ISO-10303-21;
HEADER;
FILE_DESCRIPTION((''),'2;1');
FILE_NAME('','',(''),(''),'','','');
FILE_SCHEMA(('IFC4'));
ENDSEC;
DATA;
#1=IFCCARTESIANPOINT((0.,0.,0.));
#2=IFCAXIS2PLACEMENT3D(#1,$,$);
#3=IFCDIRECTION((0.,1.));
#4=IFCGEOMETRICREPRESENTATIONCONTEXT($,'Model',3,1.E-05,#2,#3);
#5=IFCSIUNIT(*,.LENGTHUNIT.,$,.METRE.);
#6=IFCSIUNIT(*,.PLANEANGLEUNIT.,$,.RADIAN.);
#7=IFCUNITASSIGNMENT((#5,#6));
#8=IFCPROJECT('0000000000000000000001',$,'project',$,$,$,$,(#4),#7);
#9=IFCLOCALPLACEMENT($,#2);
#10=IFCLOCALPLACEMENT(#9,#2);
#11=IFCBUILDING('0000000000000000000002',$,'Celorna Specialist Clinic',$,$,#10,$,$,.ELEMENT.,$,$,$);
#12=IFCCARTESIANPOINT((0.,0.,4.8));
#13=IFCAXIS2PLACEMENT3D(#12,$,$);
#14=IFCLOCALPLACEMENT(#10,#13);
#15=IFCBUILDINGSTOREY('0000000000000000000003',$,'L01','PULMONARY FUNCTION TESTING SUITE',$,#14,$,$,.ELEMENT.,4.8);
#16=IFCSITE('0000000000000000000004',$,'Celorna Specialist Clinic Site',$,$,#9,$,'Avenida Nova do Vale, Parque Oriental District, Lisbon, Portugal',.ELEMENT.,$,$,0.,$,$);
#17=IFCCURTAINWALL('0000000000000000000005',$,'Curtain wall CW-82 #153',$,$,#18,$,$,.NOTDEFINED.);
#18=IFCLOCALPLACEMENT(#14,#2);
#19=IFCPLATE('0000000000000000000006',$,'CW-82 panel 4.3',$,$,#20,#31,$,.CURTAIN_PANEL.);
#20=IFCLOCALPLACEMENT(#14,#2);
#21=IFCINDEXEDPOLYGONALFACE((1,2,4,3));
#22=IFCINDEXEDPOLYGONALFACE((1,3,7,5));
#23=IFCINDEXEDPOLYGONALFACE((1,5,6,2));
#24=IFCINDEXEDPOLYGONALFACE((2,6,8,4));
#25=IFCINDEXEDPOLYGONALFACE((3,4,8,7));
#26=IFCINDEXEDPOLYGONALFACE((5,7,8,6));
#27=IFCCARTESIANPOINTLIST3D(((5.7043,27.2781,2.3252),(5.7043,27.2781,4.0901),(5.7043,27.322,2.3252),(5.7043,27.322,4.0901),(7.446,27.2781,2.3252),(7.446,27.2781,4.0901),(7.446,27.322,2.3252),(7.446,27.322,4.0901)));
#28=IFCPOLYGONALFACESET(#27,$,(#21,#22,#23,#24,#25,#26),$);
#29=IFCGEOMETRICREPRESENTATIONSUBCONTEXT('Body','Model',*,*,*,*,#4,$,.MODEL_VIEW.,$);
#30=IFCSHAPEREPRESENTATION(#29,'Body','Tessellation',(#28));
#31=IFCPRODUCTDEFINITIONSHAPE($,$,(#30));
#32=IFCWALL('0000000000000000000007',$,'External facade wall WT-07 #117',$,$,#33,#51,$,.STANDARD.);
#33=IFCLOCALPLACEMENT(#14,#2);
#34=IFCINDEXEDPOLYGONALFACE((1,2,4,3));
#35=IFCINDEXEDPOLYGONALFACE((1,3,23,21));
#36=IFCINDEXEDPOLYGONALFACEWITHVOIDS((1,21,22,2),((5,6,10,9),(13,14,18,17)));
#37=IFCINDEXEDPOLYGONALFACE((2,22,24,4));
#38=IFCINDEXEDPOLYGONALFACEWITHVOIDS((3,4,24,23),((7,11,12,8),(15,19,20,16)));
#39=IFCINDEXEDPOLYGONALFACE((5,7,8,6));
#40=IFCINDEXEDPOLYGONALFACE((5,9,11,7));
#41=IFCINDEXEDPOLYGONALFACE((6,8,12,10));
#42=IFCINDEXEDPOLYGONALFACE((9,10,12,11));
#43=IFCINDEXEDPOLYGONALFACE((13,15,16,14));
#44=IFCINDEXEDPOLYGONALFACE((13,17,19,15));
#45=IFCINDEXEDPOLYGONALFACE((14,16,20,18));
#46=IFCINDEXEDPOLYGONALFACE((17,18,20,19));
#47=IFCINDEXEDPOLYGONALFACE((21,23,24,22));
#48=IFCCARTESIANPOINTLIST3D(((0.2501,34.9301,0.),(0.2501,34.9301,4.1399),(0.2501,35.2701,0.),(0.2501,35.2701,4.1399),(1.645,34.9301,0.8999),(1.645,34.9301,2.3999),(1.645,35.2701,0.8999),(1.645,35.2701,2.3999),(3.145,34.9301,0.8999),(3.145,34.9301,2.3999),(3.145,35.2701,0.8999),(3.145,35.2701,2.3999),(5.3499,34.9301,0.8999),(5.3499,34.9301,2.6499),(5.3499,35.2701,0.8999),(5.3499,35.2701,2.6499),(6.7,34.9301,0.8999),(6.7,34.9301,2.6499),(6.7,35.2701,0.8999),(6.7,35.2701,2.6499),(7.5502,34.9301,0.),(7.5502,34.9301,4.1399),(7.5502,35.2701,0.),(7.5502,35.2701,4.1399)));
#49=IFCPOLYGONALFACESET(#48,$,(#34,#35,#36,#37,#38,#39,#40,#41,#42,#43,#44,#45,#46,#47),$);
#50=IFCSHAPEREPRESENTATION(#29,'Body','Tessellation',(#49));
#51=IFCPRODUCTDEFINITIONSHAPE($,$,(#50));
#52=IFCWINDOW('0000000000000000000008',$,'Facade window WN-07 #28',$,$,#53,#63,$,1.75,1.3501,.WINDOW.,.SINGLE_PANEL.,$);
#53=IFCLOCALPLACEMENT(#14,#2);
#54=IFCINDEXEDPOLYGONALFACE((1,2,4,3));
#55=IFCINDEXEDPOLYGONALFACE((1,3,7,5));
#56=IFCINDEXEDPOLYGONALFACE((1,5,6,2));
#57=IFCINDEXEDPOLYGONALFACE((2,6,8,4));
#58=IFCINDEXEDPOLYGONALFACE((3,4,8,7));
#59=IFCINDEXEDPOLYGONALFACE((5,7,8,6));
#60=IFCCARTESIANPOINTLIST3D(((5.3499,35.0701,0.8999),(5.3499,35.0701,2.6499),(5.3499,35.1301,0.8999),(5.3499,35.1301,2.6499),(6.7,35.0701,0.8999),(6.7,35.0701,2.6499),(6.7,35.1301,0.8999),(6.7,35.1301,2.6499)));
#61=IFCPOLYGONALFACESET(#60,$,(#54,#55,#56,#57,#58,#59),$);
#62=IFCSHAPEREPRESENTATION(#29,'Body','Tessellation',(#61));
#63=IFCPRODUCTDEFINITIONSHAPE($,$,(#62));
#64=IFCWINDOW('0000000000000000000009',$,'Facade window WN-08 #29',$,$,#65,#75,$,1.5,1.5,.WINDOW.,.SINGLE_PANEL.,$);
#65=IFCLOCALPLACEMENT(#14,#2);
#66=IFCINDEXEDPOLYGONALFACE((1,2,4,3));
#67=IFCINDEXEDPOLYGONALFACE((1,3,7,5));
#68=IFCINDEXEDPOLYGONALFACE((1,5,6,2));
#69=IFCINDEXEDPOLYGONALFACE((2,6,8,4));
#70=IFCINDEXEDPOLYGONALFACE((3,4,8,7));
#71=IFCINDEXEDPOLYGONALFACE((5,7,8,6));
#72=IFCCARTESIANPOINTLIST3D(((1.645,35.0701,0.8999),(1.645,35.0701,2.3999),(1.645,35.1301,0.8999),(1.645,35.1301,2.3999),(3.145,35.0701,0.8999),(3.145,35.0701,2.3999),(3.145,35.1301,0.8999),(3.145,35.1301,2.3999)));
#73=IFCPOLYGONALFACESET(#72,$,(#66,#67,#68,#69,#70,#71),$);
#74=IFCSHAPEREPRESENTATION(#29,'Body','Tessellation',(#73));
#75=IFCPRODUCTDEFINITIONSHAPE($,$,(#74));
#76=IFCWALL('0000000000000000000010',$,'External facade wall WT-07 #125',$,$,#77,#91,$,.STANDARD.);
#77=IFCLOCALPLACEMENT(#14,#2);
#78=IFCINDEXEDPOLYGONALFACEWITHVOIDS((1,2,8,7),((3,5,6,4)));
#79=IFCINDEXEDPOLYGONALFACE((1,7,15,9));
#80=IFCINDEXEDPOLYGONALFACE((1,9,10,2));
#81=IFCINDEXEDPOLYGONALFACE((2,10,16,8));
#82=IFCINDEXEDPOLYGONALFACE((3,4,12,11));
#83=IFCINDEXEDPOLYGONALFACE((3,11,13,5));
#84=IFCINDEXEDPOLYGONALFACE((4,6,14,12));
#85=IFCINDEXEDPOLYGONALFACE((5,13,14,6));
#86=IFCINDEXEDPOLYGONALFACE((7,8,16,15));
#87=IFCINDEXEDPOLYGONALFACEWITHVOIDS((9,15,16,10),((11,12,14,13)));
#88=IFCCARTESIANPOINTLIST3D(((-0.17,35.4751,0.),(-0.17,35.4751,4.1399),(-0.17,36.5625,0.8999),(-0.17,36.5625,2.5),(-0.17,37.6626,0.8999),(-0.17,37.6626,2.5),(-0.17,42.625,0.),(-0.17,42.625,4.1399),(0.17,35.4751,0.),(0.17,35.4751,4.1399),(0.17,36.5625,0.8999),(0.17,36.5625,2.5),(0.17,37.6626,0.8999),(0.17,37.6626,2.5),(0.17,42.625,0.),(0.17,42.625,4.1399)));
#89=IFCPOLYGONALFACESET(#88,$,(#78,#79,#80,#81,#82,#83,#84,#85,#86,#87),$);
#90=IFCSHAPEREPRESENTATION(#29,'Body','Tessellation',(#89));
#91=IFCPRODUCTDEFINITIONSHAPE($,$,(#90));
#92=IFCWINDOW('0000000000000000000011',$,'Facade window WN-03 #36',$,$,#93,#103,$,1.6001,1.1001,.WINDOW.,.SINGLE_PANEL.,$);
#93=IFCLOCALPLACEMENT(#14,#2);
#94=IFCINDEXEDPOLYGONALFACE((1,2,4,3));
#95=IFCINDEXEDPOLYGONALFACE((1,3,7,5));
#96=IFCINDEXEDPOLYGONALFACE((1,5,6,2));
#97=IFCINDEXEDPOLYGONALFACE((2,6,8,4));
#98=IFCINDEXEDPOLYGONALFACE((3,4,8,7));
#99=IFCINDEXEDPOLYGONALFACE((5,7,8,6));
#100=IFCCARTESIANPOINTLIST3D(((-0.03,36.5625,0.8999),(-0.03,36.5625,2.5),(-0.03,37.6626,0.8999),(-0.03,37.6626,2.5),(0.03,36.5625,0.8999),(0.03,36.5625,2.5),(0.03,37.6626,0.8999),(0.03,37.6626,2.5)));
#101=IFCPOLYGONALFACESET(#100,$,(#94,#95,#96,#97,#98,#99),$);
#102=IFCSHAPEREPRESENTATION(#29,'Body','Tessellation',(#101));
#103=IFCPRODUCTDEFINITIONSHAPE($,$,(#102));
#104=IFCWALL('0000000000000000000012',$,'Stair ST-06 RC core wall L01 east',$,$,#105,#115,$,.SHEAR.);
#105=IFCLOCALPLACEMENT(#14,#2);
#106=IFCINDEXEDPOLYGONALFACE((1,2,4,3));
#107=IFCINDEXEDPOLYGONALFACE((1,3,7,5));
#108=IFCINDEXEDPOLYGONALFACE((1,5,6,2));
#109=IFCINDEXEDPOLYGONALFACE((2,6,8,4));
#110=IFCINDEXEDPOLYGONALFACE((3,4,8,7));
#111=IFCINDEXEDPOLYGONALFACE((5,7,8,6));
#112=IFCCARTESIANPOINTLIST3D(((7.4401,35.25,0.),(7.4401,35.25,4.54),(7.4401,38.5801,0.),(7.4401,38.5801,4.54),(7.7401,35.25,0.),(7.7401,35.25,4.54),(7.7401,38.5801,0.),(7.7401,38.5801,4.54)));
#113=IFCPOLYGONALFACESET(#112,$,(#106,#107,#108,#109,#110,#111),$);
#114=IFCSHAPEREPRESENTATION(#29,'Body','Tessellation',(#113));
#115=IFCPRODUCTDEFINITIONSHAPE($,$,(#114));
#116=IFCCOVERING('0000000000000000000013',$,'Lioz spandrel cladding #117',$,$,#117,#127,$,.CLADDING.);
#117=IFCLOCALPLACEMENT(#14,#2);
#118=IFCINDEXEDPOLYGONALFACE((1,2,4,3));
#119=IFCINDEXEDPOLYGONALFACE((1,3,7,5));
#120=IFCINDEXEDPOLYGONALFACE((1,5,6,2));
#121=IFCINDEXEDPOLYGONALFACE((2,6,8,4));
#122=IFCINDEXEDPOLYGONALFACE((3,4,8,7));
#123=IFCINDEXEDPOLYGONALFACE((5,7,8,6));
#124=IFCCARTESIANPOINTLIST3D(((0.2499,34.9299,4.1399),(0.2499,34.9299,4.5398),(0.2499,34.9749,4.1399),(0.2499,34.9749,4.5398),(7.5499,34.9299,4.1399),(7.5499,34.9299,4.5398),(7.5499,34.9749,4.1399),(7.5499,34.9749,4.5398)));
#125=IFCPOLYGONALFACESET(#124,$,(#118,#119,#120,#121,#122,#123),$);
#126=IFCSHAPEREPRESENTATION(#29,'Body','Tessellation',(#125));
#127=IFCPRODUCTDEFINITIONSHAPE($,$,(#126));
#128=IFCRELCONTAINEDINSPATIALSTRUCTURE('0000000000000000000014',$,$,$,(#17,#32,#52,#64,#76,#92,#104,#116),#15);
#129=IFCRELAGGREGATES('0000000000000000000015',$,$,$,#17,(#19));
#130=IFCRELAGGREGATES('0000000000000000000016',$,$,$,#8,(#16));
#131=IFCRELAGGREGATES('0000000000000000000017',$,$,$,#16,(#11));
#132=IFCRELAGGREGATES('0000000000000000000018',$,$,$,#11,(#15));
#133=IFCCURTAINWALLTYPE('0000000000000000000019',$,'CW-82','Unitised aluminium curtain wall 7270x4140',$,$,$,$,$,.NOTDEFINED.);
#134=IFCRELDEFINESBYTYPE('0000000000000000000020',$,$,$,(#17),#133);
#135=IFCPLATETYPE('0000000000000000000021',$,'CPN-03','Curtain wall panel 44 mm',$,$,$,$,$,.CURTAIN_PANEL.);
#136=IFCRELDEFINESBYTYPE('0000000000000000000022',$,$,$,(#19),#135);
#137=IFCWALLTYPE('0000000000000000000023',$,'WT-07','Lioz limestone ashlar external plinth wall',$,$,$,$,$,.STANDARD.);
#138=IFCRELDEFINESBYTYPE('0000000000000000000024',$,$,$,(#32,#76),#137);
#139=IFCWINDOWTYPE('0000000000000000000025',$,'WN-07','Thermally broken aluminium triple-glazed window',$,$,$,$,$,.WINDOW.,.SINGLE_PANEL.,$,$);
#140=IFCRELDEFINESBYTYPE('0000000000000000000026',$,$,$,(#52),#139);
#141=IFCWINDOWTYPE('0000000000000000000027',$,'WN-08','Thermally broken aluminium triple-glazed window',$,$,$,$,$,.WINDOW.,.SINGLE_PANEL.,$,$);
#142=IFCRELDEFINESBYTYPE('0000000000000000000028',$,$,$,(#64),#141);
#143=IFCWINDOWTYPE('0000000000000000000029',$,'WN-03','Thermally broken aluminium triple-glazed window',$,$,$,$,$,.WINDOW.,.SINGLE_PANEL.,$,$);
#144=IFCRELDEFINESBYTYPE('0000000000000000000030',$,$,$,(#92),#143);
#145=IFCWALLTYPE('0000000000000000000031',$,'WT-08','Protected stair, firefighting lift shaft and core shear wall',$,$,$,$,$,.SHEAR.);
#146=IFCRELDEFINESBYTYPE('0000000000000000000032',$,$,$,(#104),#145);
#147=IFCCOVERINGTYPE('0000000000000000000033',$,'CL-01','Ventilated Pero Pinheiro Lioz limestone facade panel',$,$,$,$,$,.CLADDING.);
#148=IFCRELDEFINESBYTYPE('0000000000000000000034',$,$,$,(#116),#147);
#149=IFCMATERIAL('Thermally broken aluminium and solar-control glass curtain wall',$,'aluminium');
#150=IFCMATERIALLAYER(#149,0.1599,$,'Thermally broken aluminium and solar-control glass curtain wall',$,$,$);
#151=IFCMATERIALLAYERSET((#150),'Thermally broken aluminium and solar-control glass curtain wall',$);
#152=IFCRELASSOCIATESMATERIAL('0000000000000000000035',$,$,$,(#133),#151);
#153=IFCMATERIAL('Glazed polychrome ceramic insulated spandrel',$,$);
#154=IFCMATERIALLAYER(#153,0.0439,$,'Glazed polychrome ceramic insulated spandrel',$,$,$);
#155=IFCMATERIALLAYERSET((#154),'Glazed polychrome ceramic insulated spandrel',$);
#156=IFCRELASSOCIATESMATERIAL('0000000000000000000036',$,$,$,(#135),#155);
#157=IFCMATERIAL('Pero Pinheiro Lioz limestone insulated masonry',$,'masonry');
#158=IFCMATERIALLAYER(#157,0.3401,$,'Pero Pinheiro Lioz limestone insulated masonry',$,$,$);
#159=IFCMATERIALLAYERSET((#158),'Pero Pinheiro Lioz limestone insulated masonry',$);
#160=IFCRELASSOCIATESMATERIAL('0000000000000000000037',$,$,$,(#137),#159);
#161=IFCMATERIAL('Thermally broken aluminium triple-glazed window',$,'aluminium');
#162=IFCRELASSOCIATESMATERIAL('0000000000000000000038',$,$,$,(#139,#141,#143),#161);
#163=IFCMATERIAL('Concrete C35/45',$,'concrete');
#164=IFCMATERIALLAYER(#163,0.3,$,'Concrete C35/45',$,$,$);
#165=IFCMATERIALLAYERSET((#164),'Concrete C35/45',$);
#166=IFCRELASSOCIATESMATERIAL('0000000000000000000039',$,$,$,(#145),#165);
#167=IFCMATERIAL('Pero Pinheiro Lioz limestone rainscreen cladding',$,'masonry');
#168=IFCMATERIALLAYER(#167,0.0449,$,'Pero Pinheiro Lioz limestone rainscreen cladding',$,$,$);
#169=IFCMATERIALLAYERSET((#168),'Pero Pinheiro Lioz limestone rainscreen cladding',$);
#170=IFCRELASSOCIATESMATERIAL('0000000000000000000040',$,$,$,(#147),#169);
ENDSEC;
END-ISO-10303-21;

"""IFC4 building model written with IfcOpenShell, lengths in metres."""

from ifc_helpers import new_model, si_unit, direction, frame, frame_2d, origin, origin_2d, place, context, subcontext, project, spatial, rectangle, extrude, material, layer, layer_set, type_object, element, fill, aggregate, save


model = new_model("IFC4")

# Units and contexts
model_context = context("Model", 3, precision=1e-05, world=origin(), true_north=direction((0.0, 1.0)))
body_context = subcontext(model_context, "Body", "Model", "MODEL_VIEW")
ifc_project = project(units=[si_unit("LENGTHUNIT", "METRE"), si_unit("PLANEANGLEUNIT", "RADIAN")], contexts=[model_context])

# Site, building, storey
site_placement = place(None, origin())
site = spatial("IfcSite", under=ifc_project, at=site_placement, Name="Celorna Specialist Clinic Site", LongName="Avenida Nova do Vale, Parque Oriental District, Lisbon, Portugal", CompositionType="ELEMENT", RefElevation=0.0)
building_placement = place(site_placement, origin())
building = spatial("IfcBuilding", under=site, at=building_placement, Name="Celorna Specialist Clinic", CompositionType="ELEMENT")
storey_placement = place(building_placement, frame((0.0, 0.0, 4.8)))
storey = spatial("IfcBuildingStorey", under=building, at=storey_placement, Name="L01", Description="PULMONARY FUNCTION TESTING SUITE", CompositionType="ELEMENT", Elevation=4.8)

# Shared definitions
ifc_material_1 = material(Name="Concrete C35/45", Category="concrete")

# Curtain wall, plate
ifc_material_2 = material(Name="Thermally broken aluminium and solar-control glass curtain wall", Category="aluminium")
ifc_layer_1 = layer(ifc_material_2, 0.1599, Name="Thermally broken aluminium and solar-control glass curtain wall")
ifc_layer_set_1 = layer_set([ifc_layer_1], Name="Thermally broken aluminium and solar-control glass curtain wall")
curtain_wall_type = type_object("IfcCurtainWallType", Name="CW-82", Description="Unitised aluminium curtain wall 7270x4140", PredefinedType="NOTDEFINED", material=ifc_layer_set_1)
curtain_wall_placement = place(storey_placement, origin())
curtain_wall = element("IfcCurtainWall", 1, at=curtain_wall_placement, inside=storey, type_object=curtain_wall_type, Name="Curtain wall CW-82 #153", PredefinedType="NOTDEFINED")
ifc_material_3 = material(Name="Glazed polychrome ceramic insulated spandrel")
ifc_layer_2 = layer(ifc_material_3, 0.0439, Name="Glazed polychrome ceramic insulated spandrel")
ifc_layer_set_2 = layer_set([ifc_layer_2], Name="Glazed polychrome ceramic insulated spandrel")
plate_type = type_object("IfcPlateType", Name="CPN-03", Description="Curtain wall panel 44 mm", PredefinedType="CURTAIN_PANEL", material=ifc_layer_set_2)
plate_1_placement = place(storey_placement, frame((6.5752, 27.3, 2.3252), z_axis=(0.0, 0.0, 1.0), x_axis=(1.0, 0.0, 0.0)))
plate_1 = element("IfcPlate", 2, at=plate_1_placement, type_object=plate_type, Name="CW-82 panel 4.3", PredefinedType="CURTAIN_PANEL", context=body_context, shape_type="SweptSolid", body=[
    extrude(rectangle(XDim=1.7417, YDim=0.0439, at=origin_2d()), origin(), (0.0, 0.0, 1.0), 1.7649),
])
aggregate(curtain_wall, [plate_1])

# Wall, openings, windows
ifc_material_4 = material(Name="Pero Pinheiro Lioz limestone insulated masonry", Category="masonry")
ifc_layer_3 = layer(ifc_material_4, 0.3401, Name="Pero Pinheiro Lioz limestone insulated masonry")
ifc_layer_set_3 = layer_set([ifc_layer_3], Name="Pero Pinheiro Lioz limestone insulated masonry")
wall_type_1 = type_object("IfcWallType", Name="WT-07", Description="Lioz limestone ashlar external plinth wall", PredefinedType="STANDARD", material=ifc_layer_set_3)
wall_1_placement = place(storey_placement, frame((7.55, 35.1001, 0.0), z_axis=(0.0, 0.0, 1.0), x_axis=(-1.0, 0.0, 0.0)))
wall_1 = element("IfcWall", 3, at=wall_1_placement, inside=storey, type_object=wall_type_1, Name="External facade wall WT-07 #117", PredefinedType="STANDARD", context=body_context, shape_type="SweptSolid", body=[
    extrude(rectangle(XDim=7.3, YDim=0.3401, at=frame_2d((3.6499, 0.0))), origin(), (0.0, 0.0, 1.0), 4.1399),
])
opening_1_placement = place(wall_1_placement, frame((0.8501, 0.0, 0.8999)))
opening_1 = element("IfcOpeningElement", 4, at=opening_1_placement, cuts=wall_1, PredefinedType="OPENING", context=body_context, shape_type="SweptSolid", body=[
    extrude(rectangle(XDim=1.3501, YDim=1.75, at=frame_2d((0.675, 0.875))), frame((0.0, 0.1799, 0.0), z_axis=(0.0, -1.0, 0.0), x_axis=(1.0, 0.0, 0.0)), (0.0, 0.0, 1.0), 0.3601),
])
opening_2_placement = place(wall_1_placement, frame((4.405, 0.0, 0.8999)))
opening_2 = element("IfcOpeningElement", 5, at=opening_2_placement, cuts=wall_1, PredefinedType="OPENING", context=body_context, shape_type="SweptSolid", body=[
    extrude(rectangle(XDim=1.5, YDim=1.5, at=frame_2d((0.75, 0.75))), frame((0.0, 0.1799, 0.0), z_axis=(0.0, -1.0, 0.0), x_axis=(1.0, 0.0, 0.0)), (0.0, 0.0, 1.0), 0.3601),
])
ifc_material_5 = material(Name="Thermally broken aluminium triple-glazed window", Category="aluminium")
window_type_1 = type_object("IfcWindowType", Name="WN-07", Description="Thermally broken aluminium triple-glazed window", PartitioningType="SINGLE_PANEL", PredefinedType="WINDOW", material=ifc_material_5)
window_1_placement = place(opening_1_placement, origin())
window_1 = element("IfcWindow", 6, at=window_1_placement, inside=storey, type_object=window_type_1, Name="Facade window WN-07 #28", OverallHeight=1.75, OverallWidth=1.3501, PartitioningType="SINGLE_PANEL", PredefinedType="WINDOW", context=body_context, shape_type="SweptSolid", body=[
    extrude(rectangle(XDim=1.3501, YDim=1.75, at=frame_2d((0.675, 0.875))), frame((0.0, 0.03, 0.0), z_axis=(0.0, -1.0, 0.0), x_axis=(1.0, 0.0, 0.0)), (0.0, 0.0, 1.0), 0.0601),
])
fill(opening_1, window_1)
window_type_2 = type_object("IfcWindowType", Name="WN-08", Description="Thermally broken aluminium triple-glazed window", PartitioningType="SINGLE_PANEL", PredefinedType="WINDOW", material=ifc_material_5)
window_2_placement = place(opening_2_placement, origin())
window_2 = element("IfcWindow", 7, at=window_2_placement, inside=storey, type_object=window_type_2, Name="Facade window WN-08 #29", OverallHeight=1.5, OverallWidth=1.5, PartitioningType="SINGLE_PANEL", PredefinedType="WINDOW", context=body_context, shape_type="SweptSolid", body=[
    extrude(rectangle(XDim=1.5, YDim=1.5, at=frame_2d((0.75, 0.75))), frame((0.0, 0.03, 0.0), z_axis=(0.0, -1.0, 0.0), x_axis=(1.0, 0.0, 0.0)), (0.0, 0.0, 1.0), 0.0601),
])
fill(opening_2, window_2)

# Wall, opening, window
wall_2_placement = place(storey_placement, frame((0.0, 35.4751, 0.0), z_axis=(0.0, 0.0, 1.0), x_axis=(0.0, 1.0, 0.0)))
wall_2 = element("IfcWall", 8, at=wall_2_placement, inside=storey, type_object=wall_type_1, Name="External facade wall WT-07 #125", PredefinedType="STANDARD", context=body_context, shape_type="SweptSolid", body=[
    extrude(rectangle(XDim=7.1499, YDim=0.3401, at=frame_2d((3.575, 0.0))), origin(), (0.0, 0.0, 1.0), 4.1399),
])
opening_3_placement = place(wall_2_placement, frame((1.0874, 0.0, 0.8999)))
opening_3 = element("IfcOpeningElement", 9, at=opening_3_placement, cuts=wall_2, PredefinedType="OPENING", context=body_context, shape_type="SweptSolid", body=[
    extrude(rectangle(XDim=1.1001, YDim=1.6001, at=frame_2d((0.55, 0.8))), frame((0.0, 0.1799, 0.0), z_axis=(0.0, -1.0, 0.0), x_axis=(1.0, 0.0, 0.0)), (0.0, 0.0, 1.0), 0.3601),
])
window_type_3 = type_object("IfcWindowType", Name="WN-03", Description="Thermally broken aluminium triple-glazed window", PartitioningType="SINGLE_PANEL", PredefinedType="WINDOW", material=ifc_material_5)
window_3_placement = place(opening_3_placement, origin())
window_3 = element("IfcWindow", 10, at=window_3_placement, inside=storey, type_object=window_type_3, Name="Facade window WN-03 #36", OverallHeight=1.6001, OverallWidth=1.1001, PartitioningType="SINGLE_PANEL", PredefinedType="WINDOW", context=body_context, shape_type="SweptSolid", body=[
    extrude(rectangle(XDim=1.1001, YDim=1.6001, at=frame_2d((0.55, 0.8))), frame((0.0, 0.03, 0.0), z_axis=(0.0, -1.0, 0.0), x_axis=(1.0, 0.0, 0.0)), (0.0, 0.0, 1.0), 0.0601),
])
fill(opening_3, window_3)

# Wall
ifc_layer_4 = layer(ifc_material_1, 0.3, Name="Concrete C35/45")
ifc_layer_set_4 = layer_set([ifc_layer_4], Name="Concrete C35/45")
wall_type_2 = type_object("IfcWallType", Name="WT-08", Description="Protected stair, firefighting lift shaft and core shear wall", PredefinedType="SHEAR", material=ifc_layer_set_4)
wall_3_placement = place(storey_placement, frame((7.5901, 35.25, 0.0), z_axis=(0.0, 0.0, 1.0), x_axis=(0.0, 1.0, 0.0)))
element("IfcWall", 11, at=wall_3_placement, inside=storey, type_object=wall_type_2, Name="Stair ST-06 RC core wall L01 east", PredefinedType="SHEAR", context=body_context, shape_type="SweptSolid", body=[
    extrude(rectangle(XDim=3.3301, YDim=0.3, at=frame_2d((1.665, 0.0))), origin(), (0.0, 0.0, 1.0), 4.54),
])

# Covering
ifc_material_6 = material(Name="Pero Pinheiro Lioz limestone rainscreen cladding", Category="masonry")
ifc_layer_5 = layer(ifc_material_6, 0.0449, Name="Pero Pinheiro Lioz limestone rainscreen cladding")
ifc_layer_set_5 = layer_set([ifc_layer_5], Name="Pero Pinheiro Lioz limestone rainscreen cladding")
covering_type = type_object("IfcCoveringType", Name="CL-01", Description="Ventilated Pero Pinheiro Lioz limestone facade panel", PredefinedType="CLADDING", material=ifc_layer_set_5)
covering_placement = place(storey_placement, frame((3.8999, 34.9524, 4.1399), z_axis=(0.0, 0.0, 1.0), x_axis=(-1.0, 0.0, 0.0)))
element("IfcCovering", 12, at=covering_placement, inside=storey, type_object=covering_type, Name="Lioz spandrel cladding #117", PredefinedType="CLADDING", context=body_context, shape_type="SweptSolid", body=[
    extrude(rectangle(XDim=7.3, YDim=0.0449, at=origin_2d()), origin(), (0.0, 0.0, 1.0), 0.3999),
])

save(model, "model.ifc")
